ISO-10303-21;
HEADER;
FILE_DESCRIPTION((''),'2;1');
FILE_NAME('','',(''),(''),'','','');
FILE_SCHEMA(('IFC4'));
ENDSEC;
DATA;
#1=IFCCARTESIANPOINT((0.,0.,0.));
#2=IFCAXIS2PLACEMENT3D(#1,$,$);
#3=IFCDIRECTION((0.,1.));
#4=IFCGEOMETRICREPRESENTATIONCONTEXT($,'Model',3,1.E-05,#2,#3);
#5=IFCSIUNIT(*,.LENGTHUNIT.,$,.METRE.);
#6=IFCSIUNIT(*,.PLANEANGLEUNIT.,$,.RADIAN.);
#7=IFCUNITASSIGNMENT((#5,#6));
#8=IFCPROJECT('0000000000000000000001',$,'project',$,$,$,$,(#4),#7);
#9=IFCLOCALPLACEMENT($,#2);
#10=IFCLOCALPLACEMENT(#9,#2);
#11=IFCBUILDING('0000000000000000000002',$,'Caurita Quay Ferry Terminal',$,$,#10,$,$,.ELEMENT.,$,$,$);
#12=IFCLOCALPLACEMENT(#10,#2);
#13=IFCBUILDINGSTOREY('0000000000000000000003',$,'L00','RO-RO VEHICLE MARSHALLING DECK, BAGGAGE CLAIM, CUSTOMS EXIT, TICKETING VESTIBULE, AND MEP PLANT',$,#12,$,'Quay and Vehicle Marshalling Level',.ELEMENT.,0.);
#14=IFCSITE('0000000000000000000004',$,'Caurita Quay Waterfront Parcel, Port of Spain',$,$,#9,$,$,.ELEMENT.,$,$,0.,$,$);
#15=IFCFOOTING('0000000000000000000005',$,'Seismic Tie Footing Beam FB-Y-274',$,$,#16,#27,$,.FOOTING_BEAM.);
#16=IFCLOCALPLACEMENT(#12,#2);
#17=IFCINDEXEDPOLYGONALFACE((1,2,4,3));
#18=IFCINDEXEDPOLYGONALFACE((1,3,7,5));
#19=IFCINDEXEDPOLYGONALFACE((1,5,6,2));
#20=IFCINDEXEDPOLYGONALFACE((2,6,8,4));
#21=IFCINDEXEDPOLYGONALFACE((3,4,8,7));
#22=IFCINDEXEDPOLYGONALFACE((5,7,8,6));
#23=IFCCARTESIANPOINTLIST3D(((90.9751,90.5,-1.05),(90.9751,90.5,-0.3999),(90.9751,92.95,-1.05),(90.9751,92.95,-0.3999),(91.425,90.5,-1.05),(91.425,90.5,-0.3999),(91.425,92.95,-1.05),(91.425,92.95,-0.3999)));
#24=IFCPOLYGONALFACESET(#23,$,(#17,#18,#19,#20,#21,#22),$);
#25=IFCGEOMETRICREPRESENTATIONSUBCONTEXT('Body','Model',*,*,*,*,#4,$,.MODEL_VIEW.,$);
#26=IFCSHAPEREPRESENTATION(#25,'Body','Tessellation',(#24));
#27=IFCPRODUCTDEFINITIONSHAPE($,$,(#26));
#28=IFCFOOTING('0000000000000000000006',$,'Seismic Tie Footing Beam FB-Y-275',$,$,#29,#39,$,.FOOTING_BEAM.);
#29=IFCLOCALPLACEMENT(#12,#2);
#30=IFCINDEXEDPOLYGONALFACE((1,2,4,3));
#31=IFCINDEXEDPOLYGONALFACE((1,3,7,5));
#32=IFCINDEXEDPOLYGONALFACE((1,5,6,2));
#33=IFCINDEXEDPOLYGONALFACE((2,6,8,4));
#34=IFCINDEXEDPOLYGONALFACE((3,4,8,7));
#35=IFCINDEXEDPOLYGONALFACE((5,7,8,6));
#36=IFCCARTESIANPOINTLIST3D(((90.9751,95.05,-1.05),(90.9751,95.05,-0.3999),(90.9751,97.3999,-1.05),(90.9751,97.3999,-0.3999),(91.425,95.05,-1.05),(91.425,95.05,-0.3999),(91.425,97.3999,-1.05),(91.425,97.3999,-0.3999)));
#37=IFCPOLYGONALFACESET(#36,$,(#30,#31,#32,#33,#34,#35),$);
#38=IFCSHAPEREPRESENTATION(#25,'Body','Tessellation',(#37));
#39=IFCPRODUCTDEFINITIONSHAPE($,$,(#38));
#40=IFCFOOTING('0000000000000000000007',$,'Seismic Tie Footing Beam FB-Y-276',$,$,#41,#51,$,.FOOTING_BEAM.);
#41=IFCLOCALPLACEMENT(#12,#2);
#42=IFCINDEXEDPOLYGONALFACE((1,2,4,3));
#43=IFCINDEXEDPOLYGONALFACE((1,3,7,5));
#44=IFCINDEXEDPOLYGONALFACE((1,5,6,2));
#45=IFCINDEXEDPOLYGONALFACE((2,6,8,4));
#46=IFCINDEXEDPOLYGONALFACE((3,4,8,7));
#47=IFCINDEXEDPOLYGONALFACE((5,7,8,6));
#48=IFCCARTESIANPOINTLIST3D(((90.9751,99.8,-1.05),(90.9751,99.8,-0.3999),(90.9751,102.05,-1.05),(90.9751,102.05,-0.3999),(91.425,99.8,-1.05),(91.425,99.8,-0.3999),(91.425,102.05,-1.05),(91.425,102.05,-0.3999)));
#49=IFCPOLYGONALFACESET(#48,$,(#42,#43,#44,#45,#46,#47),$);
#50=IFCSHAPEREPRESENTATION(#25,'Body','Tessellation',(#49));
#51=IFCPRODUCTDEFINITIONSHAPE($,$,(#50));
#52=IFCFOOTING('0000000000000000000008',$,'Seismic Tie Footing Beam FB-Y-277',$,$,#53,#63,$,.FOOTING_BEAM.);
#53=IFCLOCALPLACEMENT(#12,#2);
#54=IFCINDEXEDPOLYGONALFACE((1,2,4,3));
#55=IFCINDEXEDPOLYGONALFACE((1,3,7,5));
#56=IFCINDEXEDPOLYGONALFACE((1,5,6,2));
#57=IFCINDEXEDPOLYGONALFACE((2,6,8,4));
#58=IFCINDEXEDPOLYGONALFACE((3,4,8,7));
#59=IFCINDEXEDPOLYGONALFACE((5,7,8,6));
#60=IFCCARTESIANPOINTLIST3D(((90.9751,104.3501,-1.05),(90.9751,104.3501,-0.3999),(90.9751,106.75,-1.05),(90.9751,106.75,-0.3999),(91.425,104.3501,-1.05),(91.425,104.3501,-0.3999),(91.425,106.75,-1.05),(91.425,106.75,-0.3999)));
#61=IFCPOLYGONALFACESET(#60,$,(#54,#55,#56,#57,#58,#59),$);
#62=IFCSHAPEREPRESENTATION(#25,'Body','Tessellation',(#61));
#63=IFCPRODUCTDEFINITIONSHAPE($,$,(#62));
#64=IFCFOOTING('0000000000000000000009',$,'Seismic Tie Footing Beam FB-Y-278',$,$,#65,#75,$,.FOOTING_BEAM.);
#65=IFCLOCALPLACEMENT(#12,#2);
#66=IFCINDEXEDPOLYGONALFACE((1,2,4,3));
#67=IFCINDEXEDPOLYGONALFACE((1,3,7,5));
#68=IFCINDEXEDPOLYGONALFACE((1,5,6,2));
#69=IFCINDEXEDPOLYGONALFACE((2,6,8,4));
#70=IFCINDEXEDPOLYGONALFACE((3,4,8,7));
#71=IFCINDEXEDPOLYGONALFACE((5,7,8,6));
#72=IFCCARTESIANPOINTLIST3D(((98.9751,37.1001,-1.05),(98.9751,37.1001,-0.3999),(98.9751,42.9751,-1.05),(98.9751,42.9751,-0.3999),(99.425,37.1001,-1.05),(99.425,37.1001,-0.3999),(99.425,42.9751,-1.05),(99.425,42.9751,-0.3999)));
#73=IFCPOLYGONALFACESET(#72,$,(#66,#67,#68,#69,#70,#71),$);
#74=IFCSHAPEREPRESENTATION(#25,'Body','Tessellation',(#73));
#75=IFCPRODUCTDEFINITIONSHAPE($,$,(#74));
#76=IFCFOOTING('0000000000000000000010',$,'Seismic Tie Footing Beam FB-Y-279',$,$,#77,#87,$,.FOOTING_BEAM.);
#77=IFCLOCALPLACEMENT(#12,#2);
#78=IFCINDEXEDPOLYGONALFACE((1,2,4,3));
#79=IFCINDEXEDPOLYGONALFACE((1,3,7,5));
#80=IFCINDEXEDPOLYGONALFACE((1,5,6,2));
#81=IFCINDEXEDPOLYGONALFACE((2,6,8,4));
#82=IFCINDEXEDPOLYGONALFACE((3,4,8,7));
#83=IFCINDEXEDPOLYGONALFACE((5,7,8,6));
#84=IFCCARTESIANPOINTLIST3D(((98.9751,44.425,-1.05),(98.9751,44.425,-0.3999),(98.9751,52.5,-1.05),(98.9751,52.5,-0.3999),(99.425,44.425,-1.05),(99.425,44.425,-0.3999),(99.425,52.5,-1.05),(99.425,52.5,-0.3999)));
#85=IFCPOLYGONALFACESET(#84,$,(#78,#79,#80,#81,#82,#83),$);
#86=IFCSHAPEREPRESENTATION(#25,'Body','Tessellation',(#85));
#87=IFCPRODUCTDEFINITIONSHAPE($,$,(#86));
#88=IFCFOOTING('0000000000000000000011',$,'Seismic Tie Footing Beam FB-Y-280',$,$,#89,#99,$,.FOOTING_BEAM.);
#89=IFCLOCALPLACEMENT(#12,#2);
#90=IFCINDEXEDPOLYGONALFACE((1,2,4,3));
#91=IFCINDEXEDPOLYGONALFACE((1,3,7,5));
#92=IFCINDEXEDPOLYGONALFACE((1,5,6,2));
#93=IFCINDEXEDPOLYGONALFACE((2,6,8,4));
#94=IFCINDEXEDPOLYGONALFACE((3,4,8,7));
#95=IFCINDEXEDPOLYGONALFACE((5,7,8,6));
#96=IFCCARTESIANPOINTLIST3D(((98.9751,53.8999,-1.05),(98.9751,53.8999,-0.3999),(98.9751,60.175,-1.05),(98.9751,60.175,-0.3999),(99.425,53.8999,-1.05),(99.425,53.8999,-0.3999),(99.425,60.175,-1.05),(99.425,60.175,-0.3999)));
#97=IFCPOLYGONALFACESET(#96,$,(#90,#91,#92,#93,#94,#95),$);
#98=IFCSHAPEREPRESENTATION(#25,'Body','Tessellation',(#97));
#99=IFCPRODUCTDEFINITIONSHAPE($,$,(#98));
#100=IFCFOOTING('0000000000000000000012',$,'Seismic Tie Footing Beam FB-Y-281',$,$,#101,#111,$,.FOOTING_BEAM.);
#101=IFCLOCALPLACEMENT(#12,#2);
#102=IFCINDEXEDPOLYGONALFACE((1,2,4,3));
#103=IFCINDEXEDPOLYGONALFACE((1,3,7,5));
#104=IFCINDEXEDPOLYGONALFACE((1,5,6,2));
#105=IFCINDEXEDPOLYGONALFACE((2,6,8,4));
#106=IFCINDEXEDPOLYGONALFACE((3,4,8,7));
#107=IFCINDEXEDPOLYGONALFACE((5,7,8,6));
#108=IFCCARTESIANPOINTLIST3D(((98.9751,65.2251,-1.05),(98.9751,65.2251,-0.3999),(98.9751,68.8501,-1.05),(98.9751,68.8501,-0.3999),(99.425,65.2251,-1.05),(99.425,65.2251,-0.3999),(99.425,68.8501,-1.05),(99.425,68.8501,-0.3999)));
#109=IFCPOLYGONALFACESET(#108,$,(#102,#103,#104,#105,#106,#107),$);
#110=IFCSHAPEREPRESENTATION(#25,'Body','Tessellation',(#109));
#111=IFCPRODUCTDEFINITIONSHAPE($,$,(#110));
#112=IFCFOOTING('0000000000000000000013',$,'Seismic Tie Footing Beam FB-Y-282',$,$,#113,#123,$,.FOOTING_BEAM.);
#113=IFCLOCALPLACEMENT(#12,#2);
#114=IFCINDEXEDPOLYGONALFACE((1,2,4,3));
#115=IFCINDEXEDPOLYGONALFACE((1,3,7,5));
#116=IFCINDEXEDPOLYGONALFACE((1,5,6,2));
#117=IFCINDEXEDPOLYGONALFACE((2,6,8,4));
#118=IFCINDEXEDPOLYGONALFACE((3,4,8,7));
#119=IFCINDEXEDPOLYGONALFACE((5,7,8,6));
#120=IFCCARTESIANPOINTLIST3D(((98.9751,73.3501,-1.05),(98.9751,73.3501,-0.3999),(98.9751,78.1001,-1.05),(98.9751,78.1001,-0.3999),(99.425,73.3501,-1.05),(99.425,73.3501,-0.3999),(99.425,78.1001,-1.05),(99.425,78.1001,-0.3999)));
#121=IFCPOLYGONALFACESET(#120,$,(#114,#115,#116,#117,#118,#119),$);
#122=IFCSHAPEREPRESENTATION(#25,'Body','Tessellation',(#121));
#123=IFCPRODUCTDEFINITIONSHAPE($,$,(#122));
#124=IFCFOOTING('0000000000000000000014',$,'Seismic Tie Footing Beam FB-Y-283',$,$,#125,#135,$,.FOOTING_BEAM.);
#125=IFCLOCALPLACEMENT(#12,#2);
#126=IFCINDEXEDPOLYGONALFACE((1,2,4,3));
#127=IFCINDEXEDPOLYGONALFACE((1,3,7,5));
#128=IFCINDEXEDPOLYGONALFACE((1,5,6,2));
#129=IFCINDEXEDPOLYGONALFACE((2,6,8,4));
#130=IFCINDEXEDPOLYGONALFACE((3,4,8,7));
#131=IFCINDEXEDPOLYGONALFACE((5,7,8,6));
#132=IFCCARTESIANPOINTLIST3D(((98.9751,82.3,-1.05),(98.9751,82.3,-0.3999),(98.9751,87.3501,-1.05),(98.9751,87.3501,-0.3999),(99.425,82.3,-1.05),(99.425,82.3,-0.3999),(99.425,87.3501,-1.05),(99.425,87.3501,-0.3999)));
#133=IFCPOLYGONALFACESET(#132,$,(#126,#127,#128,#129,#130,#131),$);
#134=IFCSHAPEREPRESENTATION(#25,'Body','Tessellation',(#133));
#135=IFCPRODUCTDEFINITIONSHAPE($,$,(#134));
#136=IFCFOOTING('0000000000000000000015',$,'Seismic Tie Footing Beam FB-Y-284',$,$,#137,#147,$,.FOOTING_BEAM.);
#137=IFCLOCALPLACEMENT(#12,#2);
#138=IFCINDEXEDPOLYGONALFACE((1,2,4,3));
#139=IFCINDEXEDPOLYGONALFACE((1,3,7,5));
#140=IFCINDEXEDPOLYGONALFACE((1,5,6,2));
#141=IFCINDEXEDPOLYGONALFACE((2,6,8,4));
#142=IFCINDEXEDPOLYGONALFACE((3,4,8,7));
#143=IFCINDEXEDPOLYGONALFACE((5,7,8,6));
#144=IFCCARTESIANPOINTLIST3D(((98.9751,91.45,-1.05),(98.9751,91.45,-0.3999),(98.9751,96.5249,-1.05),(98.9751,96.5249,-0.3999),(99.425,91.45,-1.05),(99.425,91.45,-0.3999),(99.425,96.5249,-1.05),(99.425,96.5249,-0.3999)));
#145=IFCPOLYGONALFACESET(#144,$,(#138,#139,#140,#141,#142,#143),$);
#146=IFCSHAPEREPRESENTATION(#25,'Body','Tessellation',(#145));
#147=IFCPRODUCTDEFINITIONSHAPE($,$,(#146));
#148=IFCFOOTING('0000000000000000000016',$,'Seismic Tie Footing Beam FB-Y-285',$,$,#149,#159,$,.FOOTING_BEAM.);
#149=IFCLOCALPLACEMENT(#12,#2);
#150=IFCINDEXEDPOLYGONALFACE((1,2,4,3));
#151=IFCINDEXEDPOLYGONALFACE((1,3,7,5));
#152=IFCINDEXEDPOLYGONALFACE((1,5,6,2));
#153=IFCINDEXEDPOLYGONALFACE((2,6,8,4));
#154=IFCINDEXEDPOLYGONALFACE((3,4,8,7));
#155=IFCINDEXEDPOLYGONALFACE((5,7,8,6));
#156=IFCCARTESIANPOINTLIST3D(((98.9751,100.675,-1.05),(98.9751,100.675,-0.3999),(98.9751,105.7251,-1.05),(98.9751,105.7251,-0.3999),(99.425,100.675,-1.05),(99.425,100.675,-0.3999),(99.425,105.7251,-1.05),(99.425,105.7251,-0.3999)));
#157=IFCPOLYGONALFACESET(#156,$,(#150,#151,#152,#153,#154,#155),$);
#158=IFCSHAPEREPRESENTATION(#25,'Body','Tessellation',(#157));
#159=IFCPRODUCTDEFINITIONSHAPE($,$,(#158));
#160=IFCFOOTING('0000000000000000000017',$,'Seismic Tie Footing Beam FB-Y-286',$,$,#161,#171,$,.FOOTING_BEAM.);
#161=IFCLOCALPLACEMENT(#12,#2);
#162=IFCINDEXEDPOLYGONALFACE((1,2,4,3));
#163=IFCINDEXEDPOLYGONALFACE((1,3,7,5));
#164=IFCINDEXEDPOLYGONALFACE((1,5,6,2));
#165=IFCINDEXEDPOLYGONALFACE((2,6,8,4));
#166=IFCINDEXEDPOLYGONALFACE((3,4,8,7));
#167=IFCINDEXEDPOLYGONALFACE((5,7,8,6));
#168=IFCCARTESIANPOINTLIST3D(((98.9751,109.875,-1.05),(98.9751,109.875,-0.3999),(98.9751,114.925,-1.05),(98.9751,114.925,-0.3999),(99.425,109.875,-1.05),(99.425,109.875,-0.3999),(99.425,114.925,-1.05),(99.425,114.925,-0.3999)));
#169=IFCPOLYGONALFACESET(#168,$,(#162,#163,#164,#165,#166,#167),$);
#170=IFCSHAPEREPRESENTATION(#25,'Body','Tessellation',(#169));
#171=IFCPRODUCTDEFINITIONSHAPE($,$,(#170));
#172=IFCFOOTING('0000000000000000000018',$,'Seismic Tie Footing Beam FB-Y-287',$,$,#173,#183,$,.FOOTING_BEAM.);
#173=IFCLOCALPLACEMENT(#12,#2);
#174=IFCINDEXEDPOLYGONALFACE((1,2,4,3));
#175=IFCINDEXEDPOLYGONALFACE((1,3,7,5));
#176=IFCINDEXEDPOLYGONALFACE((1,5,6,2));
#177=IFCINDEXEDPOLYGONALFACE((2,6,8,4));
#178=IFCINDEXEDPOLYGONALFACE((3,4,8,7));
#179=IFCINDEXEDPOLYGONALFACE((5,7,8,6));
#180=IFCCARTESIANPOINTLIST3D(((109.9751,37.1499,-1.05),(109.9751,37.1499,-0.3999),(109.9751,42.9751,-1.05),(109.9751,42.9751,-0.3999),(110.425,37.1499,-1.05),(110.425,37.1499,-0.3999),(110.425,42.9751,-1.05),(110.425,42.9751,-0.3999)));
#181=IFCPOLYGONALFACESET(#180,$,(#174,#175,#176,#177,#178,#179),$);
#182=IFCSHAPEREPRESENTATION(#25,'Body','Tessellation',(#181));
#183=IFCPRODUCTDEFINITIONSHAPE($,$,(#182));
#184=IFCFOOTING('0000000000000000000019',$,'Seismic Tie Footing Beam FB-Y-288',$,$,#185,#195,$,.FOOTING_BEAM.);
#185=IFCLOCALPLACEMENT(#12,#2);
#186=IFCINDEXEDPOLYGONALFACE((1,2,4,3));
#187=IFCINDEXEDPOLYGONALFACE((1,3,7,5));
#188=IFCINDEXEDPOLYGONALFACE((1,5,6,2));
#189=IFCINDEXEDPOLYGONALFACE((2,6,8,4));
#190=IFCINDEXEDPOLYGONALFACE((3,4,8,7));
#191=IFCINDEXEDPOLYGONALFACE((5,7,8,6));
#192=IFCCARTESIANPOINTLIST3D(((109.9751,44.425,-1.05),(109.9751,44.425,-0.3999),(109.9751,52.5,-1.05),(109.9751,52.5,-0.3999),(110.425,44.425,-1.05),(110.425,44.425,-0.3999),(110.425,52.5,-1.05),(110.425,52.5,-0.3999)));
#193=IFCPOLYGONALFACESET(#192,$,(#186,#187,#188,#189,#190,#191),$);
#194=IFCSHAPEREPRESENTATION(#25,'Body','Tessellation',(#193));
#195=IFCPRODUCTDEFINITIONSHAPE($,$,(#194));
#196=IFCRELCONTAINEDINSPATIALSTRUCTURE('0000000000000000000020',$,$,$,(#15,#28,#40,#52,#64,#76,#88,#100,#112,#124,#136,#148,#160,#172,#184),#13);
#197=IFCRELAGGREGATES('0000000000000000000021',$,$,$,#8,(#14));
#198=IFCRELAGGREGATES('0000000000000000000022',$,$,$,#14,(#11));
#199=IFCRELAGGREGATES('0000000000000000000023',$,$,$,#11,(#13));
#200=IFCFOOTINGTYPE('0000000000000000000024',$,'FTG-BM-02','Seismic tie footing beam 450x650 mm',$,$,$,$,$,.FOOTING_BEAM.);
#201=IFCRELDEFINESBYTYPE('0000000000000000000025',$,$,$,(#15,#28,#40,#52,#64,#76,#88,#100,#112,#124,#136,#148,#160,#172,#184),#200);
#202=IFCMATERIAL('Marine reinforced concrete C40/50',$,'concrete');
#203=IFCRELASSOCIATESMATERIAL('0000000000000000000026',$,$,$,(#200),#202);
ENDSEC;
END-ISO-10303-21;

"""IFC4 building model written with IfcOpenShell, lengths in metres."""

from ifc_helpers import new_model, si_unit, direction, frame, origin, place, context, subcontext, project, spatial, polyline, outline, extrude, material, type_object, element, save


model = new_model("IFC4")

# Units and contexts
model_context = context("Model", 3, precision=1e-05, world=origin(), true_north=direction((0.0, 1.0)))
body_context = subcontext(model_context, "Body", "Model", "MODEL_VIEW")
ifc_project = project(units=[si_unit("LENGTHUNIT", "METRE"), si_unit("PLANEANGLEUNIT", "RADIAN")], contexts=[model_context])

# Site, building, storey
site_placement = place(None, origin())
site = spatial("IfcSite", under=ifc_project, at=site_placement, Name="Caurita Quay Waterfront Parcel, Port of Spain", CompositionType="ELEMENT", RefElevation=0.0)
building_placement = place(site_placement, origin())
building = spatial("IfcBuilding", under=site, at=building_placement, Name="Caurita Quay Ferry Terminal", CompositionType="ELEMENT")
storey_placement = place(building_placement, origin())
storey = spatial("IfcBuildingStorey", under=building, at=storey_placement, Name="L00", Description="RO-RO VEHICLE MARSHALLING DECK, BAGGAGE CLAIM, CUSTOMS EXIT, TICKETING VESTIBULE, AND MEP PLANT", LongName="Quay and Vehicle Marshalling Level", CompositionType="ELEMENT", Elevation=0.0)

# Footings
ifc_material = material(Name="Marine reinforced concrete C40/50", Category="concrete")
footing_type = type_object("IfcFootingType", Name="FTG-BM-02", Description="Seismic tie footing beam 450x650 mm", PredefinedType="FOOTING_BEAM", material=ifc_material)
footing_1_placement = place(storey_placement, frame((0.0, 0.0, -1.05)))
element("IfcFooting", 1, at=footing_1_placement, inside=storey, type_object=footing_type, Name="Seismic Tie Footing Beam FB-Y-274", PredefinedType="FOOTING_BEAM", context=body_context, shape_type="SweptSolid", body=[
    extrude(outline(polyline([(90.9751, 90.5), (91.425, 90.5), (91.425, 92.95), (90.9751, 92.95), (90.9751, 90.5)])), origin(), (0.0, 0.0, 1.0), 0.6501),
])
footing_2_placement = place(storey_placement, frame((0.0, 0.0, -1.05)))
element("IfcFooting", 2, at=footing_2_placement, inside=storey, type_object=footing_type, Name="Seismic Tie Footing Beam FB-Y-275", PredefinedType="FOOTING_BEAM", context=body_context, shape_type="SweptSolid", body=[
    extrude(outline(polyline([(90.9751, 95.05), (91.425, 95.05), (91.425, 97.3999), (90.9751, 97.3999), (90.9751, 95.05)])), origin(), (0.0, 0.0, 1.0), 0.6501),
])
footing_3_placement = place(storey_placement, frame((0.0, 0.0, -1.05)))
element("IfcFooting", 3, at=footing_3_placement, inside=storey, type_object=footing_type, Name="Seismic Tie Footing Beam FB-Y-276", PredefinedType="FOOTING_BEAM", context=body_context, shape_type="SweptSolid", body=[
    extrude(outline(polyline([(90.9751, 99.8), (91.425, 99.8), (91.425, 102.05), (90.9751, 102.05), (90.9751, 99.8)])), origin(), (0.0, 0.0, 1.0), 0.6501),
])
footing_4_placement = place(storey_placement, frame((0.0, 0.0, -1.05)))
element("IfcFooting", 4, at=footing_4_placement, inside=storey, type_object=footing_type, Name="Seismic Tie Footing Beam FB-Y-277", PredefinedType="FOOTING_BEAM", context=body_context, shape_type="SweptSolid", body=[
    extrude(outline(polyline([(90.9751, 104.3501), (91.425, 104.3501), (91.425, 106.75), (90.9751, 106.75), (90.9751, 104.3501)])), origin(), (0.0, 0.0, 1.0), 0.6501),
])
footing_5_placement = place(storey_placement, frame((0.0, 0.0, -1.05)))
element("IfcFooting", 5, at=footing_5_placement, inside=storey, type_object=footing_type, Name="Seismic Tie Footing Beam FB-Y-278", PredefinedType="FOOTING_BEAM", context=body_context, shape_type="SweptSolid", body=[
    extrude(outline(polyline([(98.9751, 37.1001), (99.425, 37.1001), (99.425, 42.9751), (98.9751, 42.9751), (98.9751, 37.1001)])), origin(), (0.0, 0.0, 1.0), 0.6501),
])
footing_6_placement = place(storey_placement, frame((0.0, 0.0, -1.05)))
element("IfcFooting", 6, at=footing_6_placement, inside=storey, type_object=footing_type, Name="Seismic Tie Footing Beam FB-Y-279", PredefinedType="FOOTING_BEAM", context=body_context, shape_type="SweptSolid", body=[
    extrude(outline(polyline([(98.9751, 44.425), (99.425, 44.425), (99.425, 52.5), (98.9751, 52.5), (98.9751, 44.425)])), origin(), (0.0, 0.0, 1.0), 0.6501),
])
footing_7_placement = place(storey_placement, frame((0.0, 0.0, -1.05)))
element("IfcFooting", 7, at=footing_7_placement, inside=storey, type_object=footing_type, Name="Seismic Tie Footing Beam FB-Y-280", PredefinedType="FOOTING_BEAM", context=body_context, shape_type="SweptSolid", body=[
    extrude(outline(polyline([(98.9751, 53.8999), (99.425, 53.8999), (99.425, 60.175), (98.9751, 60.175), (98.9751, 53.8999)])), origin(), (0.0, 0.0, 1.0), 0.6501),
])
footing_8_placement = place(storey_placement, frame((0.0, 0.0, -1.05)))
element("IfcFooting", 8, at=footing_8_placement, inside=storey, type_object=footing_type, Name="Seismic Tie Footing Beam FB-Y-281", PredefinedType="FOOTING_BEAM", context=body_context, shape_type="SweptSolid", body=[
    extrude(outline(polyline([(98.9751, 65.2251), (99.425, 65.2251), (99.425, 68.8501), (98.9751, 68.8501), (98.9751, 65.2251)])), origin(), (0.0, 0.0, 1.0), 0.6501),
])
footing_9_placement = place(storey_placement, frame((0.0, 0.0, -1.05)))
element("IfcFooting", 9, at=footing_9_placement, inside=storey, type_object=footing_type, Name="Seismic Tie Footing Beam FB-Y-282", PredefinedType="FOOTING_BEAM", context=body_context, shape_type="SweptSolid", body=[
    extrude(outline(polyline([(98.9751, 73.3501), (99.425, 73.3501), (99.425, 78.1001), (98.9751, 78.1001), (98.9751, 73.3501)])), origin(), (0.0, 0.0, 1.0), 0.6501),
])
footing_10_placement = place(storey_placement, frame((0.0, 0.0, -1.05)))
element("IfcFooting", 10, at=footing_10_placement, inside=storey, type_object=footing_type, Name="Seismic Tie Footing Beam FB-Y-283", PredefinedType="FOOTING_BEAM", context=body_context, shape_type="SweptSolid", body=[
    extrude(outline(polyline([(98.9751, 82.3), (99.425, 82.3), (99.425, 87.3501), (98.9751, 87.3501), (98.9751, 82.3)])), origin(), (0.0, 0.0, 1.0), 0.6501),
])
footing_11_placement = place(storey_placement, frame((0.0, 0.0, -1.05)))
element("IfcFooting", 11, at=footing_11_placement, inside=storey, type_object=footing_type, Name="Seismic Tie Footing Beam FB-Y-284", PredefinedType="FOOTING_BEAM", context=body_context, shape_type="SweptSolid", body=[
    extrude(outline(polyline([(98.9751, 91.45), (99.425, 91.45), (99.425, 96.5249), (98.9751, 96.5249), (98.9751, 91.45)])), origin(), (0.0, 0.0, 1.0), 0.6501),
])
footing_12_placement = place(storey_placement, frame((0.0, 0.0, -1.05)))
element("IfcFooting", 12, at=footing_12_placement, inside=storey, type_object=footing_type, Name="Seismic Tie Footing Beam FB-Y-285", PredefinedType="FOOTING_BEAM", context=body_context, shape_type="SweptSolid", body=[
    extrude(outline(polyline([(98.9751, 100.675), (99.425, 100.675), (99.425, 105.7251), (98.9751, 105.7251), (98.9751, 100.675)])), origin(), (0.0, 0.0, 1.0), 0.6501),
])
footing_13_placement = place(storey_placement, frame((0.0, 0.0, -1.05)))
element("IfcFooting", 13, at=footing_13_placement, inside=storey, type_object=footing_type, Name="Seismic Tie Footing Beam FB-Y-286", PredefinedType="FOOTING_BEAM", context=body_context, shape_type="SweptSolid", body=[
    extrude(outline(polyline([(98.9751, 109.875), (99.425, 109.875), (99.425, 114.925), (98.9751, 114.925), (98.9751, 109.875)])), origin(), (0.0, 0.0, 1.0), 0.6501),
])
footing_14_placement = place(storey_placement, frame((0.0, 0.0, -1.05)))
element("IfcFooting", 14, at=footing_14_placement, inside=storey, type_object=footing_type, Name="Seismic Tie Footing Beam FB-Y-287", PredefinedType="FOOTING_BEAM", context=body_context, shape_type="SweptSolid", body=[
    extrude(outline(polyline([(109.9751, 37.1499), (110.425, 37.1499), (110.425, 42.9751), (109.9751, 42.9751), (109.9751, 37.1499)])), origin(), (0.0, 0.0, 1.0), 0.6501),
])
footing_15_placement = place(storey_placement, frame((0.0, 0.0, -1.05)))
element("IfcFooting", 15, at=footing_15_placement, inside=storey, type_object=footing_type, Name="Seismic Tie Footing Beam FB-Y-288", PredefinedType="FOOTING_BEAM", context=body_context, shape_type="SweptSolid", body=[
    extrude(outline(polyline([(109.9751, 44.425), (110.425, 44.425), (110.425, 52.5), (109.9751, 52.5), (109.9751, 44.425)])), origin(), (0.0, 0.0, 1.0), 0.6501),
])

save(model, "model.ifc")
